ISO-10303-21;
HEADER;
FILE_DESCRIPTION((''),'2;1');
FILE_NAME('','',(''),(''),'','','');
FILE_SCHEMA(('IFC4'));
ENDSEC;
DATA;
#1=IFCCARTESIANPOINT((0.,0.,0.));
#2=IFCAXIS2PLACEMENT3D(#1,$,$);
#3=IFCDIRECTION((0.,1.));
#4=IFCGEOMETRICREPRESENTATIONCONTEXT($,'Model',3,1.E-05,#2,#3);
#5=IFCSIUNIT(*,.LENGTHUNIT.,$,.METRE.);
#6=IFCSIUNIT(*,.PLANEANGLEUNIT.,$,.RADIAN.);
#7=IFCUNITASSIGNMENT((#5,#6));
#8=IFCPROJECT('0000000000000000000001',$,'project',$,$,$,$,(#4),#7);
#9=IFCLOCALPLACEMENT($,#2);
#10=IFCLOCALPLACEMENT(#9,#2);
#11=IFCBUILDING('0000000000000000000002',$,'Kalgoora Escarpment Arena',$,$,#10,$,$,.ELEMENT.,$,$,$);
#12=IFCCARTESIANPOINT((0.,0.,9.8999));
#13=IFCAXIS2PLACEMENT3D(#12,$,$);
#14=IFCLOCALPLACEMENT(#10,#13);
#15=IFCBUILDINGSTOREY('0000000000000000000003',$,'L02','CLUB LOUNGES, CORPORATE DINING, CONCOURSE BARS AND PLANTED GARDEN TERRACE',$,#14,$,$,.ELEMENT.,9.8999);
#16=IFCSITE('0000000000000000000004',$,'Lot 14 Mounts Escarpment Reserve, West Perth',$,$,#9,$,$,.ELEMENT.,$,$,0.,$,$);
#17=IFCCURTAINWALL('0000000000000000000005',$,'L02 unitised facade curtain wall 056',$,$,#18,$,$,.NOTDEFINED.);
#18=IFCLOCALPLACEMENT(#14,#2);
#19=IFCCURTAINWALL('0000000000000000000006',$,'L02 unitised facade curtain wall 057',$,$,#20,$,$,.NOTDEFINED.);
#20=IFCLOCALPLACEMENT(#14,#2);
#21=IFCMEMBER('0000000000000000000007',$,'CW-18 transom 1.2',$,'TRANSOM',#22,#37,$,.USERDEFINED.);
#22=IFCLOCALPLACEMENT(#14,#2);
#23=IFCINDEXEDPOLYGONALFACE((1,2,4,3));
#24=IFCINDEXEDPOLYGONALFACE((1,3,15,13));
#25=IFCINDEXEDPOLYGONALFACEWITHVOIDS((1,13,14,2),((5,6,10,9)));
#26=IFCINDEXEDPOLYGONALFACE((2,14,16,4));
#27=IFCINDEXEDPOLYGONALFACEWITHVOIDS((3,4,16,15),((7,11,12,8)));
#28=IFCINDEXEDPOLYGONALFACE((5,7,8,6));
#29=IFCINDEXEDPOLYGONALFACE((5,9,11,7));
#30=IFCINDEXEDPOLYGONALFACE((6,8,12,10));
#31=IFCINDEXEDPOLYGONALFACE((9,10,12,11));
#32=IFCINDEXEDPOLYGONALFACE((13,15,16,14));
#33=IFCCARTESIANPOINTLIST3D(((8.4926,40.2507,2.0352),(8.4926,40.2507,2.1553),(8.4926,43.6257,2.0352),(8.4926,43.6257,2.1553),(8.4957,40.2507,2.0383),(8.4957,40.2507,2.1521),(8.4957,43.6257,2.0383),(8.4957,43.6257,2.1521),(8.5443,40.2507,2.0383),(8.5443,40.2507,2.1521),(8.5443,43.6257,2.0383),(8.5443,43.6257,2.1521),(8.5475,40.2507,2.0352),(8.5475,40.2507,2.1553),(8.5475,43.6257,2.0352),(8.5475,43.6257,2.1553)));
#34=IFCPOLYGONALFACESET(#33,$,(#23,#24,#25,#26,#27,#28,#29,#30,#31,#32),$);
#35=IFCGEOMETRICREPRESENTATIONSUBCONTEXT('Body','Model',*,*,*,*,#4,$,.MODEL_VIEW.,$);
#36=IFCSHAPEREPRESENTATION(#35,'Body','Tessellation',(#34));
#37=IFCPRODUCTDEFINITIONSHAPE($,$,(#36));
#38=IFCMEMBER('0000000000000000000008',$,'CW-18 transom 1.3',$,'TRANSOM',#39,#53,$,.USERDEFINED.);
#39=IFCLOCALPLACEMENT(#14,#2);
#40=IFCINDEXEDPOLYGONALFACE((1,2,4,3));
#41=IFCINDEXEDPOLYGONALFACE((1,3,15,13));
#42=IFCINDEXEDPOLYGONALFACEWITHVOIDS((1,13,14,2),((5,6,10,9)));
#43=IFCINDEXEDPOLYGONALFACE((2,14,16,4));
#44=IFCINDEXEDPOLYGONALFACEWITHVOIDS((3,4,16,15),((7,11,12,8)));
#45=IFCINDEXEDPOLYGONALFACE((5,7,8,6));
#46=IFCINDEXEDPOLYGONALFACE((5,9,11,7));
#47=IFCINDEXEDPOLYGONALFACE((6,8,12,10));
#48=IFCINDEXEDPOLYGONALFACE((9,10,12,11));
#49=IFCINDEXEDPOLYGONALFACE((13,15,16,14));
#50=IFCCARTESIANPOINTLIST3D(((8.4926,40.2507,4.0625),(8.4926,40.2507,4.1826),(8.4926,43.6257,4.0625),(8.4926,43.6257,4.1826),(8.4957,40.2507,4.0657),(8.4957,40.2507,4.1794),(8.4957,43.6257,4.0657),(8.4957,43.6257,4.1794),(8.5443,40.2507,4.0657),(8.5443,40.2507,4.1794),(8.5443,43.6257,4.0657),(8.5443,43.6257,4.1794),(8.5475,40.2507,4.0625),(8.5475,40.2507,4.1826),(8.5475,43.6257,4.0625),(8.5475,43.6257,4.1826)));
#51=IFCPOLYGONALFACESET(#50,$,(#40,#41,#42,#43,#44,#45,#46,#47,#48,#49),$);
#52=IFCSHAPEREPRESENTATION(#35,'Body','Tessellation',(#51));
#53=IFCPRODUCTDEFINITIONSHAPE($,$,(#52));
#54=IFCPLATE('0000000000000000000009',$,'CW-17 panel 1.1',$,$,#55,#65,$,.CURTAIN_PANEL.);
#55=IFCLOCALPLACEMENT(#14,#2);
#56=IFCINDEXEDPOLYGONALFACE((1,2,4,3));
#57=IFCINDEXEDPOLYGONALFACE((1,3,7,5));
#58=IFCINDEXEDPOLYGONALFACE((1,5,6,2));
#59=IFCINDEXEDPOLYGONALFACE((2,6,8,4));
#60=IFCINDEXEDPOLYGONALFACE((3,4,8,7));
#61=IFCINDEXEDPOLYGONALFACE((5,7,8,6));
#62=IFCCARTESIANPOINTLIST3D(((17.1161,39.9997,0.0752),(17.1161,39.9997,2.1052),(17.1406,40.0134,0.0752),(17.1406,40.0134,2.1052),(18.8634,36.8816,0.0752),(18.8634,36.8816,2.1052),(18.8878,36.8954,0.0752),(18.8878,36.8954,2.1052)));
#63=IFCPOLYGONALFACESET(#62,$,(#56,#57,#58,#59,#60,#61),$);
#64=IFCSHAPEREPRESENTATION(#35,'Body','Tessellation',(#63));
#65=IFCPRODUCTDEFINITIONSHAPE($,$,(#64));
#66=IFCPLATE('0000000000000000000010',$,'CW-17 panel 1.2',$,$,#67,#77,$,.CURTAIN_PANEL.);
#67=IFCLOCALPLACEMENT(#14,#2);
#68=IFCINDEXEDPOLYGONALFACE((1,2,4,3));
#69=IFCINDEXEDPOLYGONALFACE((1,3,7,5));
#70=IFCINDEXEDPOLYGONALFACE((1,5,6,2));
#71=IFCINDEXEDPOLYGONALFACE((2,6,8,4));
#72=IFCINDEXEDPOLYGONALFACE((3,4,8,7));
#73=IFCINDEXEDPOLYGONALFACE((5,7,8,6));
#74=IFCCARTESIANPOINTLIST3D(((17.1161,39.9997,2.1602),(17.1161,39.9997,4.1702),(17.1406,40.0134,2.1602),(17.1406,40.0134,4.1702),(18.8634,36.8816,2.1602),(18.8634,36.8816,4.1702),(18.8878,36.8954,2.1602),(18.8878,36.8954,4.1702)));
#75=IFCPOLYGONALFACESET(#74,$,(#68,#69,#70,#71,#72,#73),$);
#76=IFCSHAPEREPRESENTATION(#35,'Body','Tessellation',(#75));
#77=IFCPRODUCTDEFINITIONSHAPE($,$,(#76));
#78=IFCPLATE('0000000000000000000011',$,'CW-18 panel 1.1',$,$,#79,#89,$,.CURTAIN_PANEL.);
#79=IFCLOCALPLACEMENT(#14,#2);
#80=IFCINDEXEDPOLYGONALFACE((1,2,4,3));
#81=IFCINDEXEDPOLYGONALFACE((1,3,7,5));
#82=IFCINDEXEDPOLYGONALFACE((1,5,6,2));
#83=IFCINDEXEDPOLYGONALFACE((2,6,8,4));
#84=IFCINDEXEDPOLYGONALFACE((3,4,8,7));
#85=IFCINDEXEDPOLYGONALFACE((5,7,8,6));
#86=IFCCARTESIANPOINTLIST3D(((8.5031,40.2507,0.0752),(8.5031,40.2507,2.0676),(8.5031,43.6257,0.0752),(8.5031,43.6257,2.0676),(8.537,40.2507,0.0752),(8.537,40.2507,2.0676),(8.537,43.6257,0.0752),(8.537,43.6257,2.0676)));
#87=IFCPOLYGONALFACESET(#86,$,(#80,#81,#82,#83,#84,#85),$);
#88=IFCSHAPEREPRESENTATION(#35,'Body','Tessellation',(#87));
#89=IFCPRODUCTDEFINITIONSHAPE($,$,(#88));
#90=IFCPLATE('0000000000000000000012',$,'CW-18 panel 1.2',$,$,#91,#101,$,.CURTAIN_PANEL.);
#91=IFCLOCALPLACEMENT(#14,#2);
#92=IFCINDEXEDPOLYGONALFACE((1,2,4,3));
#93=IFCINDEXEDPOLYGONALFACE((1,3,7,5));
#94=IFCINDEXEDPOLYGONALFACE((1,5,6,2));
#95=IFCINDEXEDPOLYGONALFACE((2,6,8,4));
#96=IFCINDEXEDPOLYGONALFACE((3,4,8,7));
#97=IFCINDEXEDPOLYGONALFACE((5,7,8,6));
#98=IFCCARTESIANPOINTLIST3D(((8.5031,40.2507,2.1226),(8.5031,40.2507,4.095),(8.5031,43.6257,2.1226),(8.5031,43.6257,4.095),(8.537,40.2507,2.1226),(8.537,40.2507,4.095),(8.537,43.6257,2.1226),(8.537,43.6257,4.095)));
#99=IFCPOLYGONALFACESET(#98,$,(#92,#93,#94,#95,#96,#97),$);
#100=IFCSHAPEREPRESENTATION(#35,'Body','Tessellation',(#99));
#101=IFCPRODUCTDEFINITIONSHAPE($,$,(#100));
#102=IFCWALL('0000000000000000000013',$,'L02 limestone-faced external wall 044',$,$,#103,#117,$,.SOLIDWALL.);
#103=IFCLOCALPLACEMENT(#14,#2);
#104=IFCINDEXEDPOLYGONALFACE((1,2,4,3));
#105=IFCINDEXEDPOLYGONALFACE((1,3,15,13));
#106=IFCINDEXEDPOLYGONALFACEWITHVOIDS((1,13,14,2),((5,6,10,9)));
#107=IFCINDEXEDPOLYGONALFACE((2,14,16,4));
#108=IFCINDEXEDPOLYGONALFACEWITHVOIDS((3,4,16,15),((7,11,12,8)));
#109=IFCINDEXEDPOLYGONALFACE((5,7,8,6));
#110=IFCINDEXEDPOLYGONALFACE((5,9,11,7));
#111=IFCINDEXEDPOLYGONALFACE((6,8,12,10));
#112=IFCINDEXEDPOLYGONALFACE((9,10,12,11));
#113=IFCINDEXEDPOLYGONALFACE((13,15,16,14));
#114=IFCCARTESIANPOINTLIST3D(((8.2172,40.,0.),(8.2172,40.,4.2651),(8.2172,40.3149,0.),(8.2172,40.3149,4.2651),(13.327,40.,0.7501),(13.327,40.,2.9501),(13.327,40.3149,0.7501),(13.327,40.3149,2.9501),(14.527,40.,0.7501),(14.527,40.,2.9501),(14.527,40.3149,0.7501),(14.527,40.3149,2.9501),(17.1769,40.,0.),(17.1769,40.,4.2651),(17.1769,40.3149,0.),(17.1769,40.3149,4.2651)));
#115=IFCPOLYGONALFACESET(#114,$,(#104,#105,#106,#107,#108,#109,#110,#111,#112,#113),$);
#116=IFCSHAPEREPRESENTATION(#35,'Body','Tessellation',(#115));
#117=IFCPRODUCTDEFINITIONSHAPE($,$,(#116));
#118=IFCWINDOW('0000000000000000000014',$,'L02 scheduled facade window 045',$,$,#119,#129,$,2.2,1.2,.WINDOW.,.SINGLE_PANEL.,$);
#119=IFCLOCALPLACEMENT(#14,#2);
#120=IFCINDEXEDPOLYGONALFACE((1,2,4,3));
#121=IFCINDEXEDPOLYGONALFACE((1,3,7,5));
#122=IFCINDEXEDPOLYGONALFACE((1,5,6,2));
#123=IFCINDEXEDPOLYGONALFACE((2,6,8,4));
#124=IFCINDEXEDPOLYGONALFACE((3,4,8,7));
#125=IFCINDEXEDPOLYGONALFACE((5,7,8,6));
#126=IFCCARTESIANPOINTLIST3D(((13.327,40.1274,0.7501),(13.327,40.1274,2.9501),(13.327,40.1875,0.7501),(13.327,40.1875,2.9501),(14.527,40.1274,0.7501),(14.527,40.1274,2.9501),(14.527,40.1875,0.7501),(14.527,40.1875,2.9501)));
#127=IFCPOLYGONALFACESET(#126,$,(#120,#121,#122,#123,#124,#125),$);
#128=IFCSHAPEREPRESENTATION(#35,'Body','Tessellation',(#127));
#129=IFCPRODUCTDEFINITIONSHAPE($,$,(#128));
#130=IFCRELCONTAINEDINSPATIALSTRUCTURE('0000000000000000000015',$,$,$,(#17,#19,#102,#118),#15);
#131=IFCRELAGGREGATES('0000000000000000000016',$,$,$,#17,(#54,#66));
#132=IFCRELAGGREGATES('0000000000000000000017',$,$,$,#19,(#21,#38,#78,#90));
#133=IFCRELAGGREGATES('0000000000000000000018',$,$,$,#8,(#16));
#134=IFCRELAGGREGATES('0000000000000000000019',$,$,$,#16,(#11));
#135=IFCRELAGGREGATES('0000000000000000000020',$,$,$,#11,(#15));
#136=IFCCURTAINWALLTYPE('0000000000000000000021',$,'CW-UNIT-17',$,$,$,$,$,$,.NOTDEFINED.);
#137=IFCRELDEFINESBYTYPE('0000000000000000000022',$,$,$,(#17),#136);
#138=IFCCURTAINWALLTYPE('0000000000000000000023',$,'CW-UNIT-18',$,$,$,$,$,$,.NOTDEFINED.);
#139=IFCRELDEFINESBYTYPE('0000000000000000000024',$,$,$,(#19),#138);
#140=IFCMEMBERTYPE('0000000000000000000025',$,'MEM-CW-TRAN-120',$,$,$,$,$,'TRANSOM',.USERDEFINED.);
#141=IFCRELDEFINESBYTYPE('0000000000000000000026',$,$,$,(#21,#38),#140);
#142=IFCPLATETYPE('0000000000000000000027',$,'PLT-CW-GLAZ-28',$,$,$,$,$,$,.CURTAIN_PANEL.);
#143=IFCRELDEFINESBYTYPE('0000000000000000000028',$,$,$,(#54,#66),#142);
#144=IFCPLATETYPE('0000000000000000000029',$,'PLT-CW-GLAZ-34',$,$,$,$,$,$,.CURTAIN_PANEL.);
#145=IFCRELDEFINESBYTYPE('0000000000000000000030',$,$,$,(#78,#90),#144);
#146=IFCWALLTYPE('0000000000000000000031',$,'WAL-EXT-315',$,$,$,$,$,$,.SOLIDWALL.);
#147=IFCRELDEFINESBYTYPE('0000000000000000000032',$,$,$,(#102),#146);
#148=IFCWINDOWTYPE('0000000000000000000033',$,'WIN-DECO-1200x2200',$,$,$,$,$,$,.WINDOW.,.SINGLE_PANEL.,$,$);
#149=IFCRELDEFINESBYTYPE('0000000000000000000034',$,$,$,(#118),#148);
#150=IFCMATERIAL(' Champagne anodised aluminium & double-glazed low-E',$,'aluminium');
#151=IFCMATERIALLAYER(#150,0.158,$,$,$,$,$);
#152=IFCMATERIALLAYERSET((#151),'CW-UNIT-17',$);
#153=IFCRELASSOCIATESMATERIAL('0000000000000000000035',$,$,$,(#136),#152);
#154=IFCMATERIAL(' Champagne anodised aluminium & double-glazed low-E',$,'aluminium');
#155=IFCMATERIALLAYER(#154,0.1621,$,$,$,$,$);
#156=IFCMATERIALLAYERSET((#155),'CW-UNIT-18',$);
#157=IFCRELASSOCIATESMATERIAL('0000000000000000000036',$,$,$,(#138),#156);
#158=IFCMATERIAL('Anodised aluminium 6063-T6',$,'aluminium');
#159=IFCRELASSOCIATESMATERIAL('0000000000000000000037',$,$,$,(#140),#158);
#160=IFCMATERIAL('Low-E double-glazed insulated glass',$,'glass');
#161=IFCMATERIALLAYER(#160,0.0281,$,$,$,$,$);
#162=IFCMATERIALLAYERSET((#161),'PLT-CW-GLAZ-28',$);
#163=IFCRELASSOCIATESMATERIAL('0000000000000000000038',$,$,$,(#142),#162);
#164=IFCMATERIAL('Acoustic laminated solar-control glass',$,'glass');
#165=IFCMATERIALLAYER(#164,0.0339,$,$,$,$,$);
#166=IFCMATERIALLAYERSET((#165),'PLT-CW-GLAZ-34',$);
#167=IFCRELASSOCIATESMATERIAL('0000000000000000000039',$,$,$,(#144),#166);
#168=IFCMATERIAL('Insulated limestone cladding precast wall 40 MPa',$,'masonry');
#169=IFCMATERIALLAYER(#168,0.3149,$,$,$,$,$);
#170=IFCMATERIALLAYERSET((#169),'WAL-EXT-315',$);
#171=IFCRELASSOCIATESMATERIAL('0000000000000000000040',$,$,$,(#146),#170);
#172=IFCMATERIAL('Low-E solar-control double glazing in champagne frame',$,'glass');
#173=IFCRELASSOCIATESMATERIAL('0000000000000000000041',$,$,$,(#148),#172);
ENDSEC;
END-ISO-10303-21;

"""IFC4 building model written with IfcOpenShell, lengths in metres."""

from ifc_helpers import new_model, si_unit, direction, frame, frame_2d, origin, origin_2d, place, context, subcontext, project, spatial, rectangle, hollow_rectangle, extrude, material, layer, layer_set, material_profile, profile_set, type_object, element, fill, aggregate, save


model = new_model("IFC4")

# Units and contexts
model_context = context("Model", 3, precision=1e-05, world=origin(), true_north=direction((0.0, 1.0)))
body_context = subcontext(model_context, "Body", "Model", "MODEL_VIEW")
ifc_project = project(units=[si_unit("LENGTHUNIT", "METRE"), si_unit("PLANEANGLEUNIT", "RADIAN")], contexts=[model_context])

# Site, building, storey
site_placement = place(None, origin())
site = spatial("IfcSite", under=ifc_project, at=site_placement, Name="Lot 14 Mounts Escarpment Reserve, West Perth", CompositionType="ELEMENT", RefElevation=0.0)
building_placement = place(site_placement, origin())
building = spatial("IfcBuilding", under=site, at=building_placement, Name="Kalgoora Escarpment Arena", CompositionType="ELEMENT")
storey_placement = place(building_placement, frame((0.0, 0.0, 9.8999)))
storey = spatial("IfcBuildingStorey", under=building, at=storey_placement, Name="L02", Description="CLUB LOUNGES, CORPORATE DINING, CONCOURSE BARS AND PLANTED GARDEN TERRACE", CompositionType="ELEMENT", Elevation=9.8999)

# Curtain walls
ifc_material_1 = material(Name=" Champagne anodised aluminium & double-glazed low-E", Category="aluminium")
ifc_layer_1 = layer(ifc_material_1, 0.158)
ifc_layer_set_1 = layer_set([ifc_layer_1], Name="CW-UNIT-17")
curtain_wall_type_1 = type_object("IfcCurtainWallType", Name="CW-UNIT-17", PredefinedType="NOTDEFINED", material=ifc_layer_set_1)
curtain_wall_1_placement = place(storey_placement, origin())
curtain_wall_1 = element("IfcCurtainWall", 1, at=curtain_wall_1_placement, inside=storey, type_object=curtain_wall_type_1, Name="L02 unitised facade curtain wall 056", PredefinedType="NOTDEFINED")
ifc_material_2 = material(Name=" Champagne anodised aluminium & double-glazed low-E", Category="aluminium")
ifc_layer_2 = layer(ifc_material_2, 0.1621)
ifc_layer_set_2 = layer_set([ifc_layer_2], Name="CW-UNIT-18")
curtain_wall_type_2 = type_object("IfcCurtainWallType", Name="CW-UNIT-18", PredefinedType="NOTDEFINED", material=ifc_layer_set_2)
curtain_wall_2_placement = place(storey_placement, origin())
curtain_wall_2 = element("IfcCurtainWall", 2, at=curtain_wall_2_placement, inside=storey, type_object=curtain_wall_type_2, Name="L02 unitised facade curtain wall 057", PredefinedType="NOTDEFINED")

# Members
ifc_material_3 = material(Name="Anodised aluminium 6063-T6", Category="aluminium")
ifc_material_profile_1 = material_profile(ifc_material_3, hollow_rectangle(XDim=0.0549, YDim=0.1201, WallThickness=0.0032, at=origin_2d()))
ifc_profile_set_1 = profile_set([ifc_material_profile_1], Name="Anodised aluminium 6063-T6")
member_type_1 = type_object("IfcMemberType", Name="MEM-CW-TRAN-120", ElementType="TRANSOM", PredefinedType="USERDEFINED", material=ifc_profile_set_1)
member_1_placement = place(storey_placement, frame((8.52, 40.2507, 2.0952), z_axis=(0.0, 1.0, 0.0), x_axis=(-1.0, 0.0, 0.0)))
member_1 = element("IfcMember", 3, at=member_1_placement, type_object=member_type_1, Name="CW-18 transom 1.2", ObjectType="TRANSOM", PredefinedType="USERDEFINED", context=body_context, shape_type="SweptSolid", body=[
    extrude(hollow_rectangle(XDim=0.0549, YDim=0.1201, WallThickness=0.0032, at=origin_2d()), origin(), (0.0, 0.0, 1.0), 3.375),
])
member_2_placement = place(storey_placement, frame((8.52, 40.2507, 4.1226), z_axis=(0.0, 1.0, 0.0), x_axis=(-1.0, 0.0, 0.0)))
member_2 = element("IfcMember", 4, at=member_2_placement, type_object=member_type_1, Name="CW-18 transom 1.3", ObjectType="TRANSOM", PredefinedType="USERDEFINED", context=body_context, shape_type="SweptSolid", body=[
    extrude(hollow_rectangle(XDim=0.0549, YDim=0.1201, WallThickness=0.0032, at=origin_2d()), origin(), (0.0, 0.0, 1.0), 3.375),
])

# Plates
ifc_material_4 = material(Name="Low-E double-glazed insulated glass", Category="glass")
ifc_layer_3 = layer(ifc_material_4, 0.0281)
ifc_layer_set_3 = layer_set([ifc_layer_3], Name="PLT-CW-GLAZ-28")
plate_type_1 = type_object("IfcPlateType", Name="PLT-CW-GLAZ-28", PredefinedType="CURTAIN_PANEL", material=ifc_layer_set_3)
plate_1_placement = place(storey_placement, frame((18.002, 38.4475, 0.0752), z_axis=(0.0, 0.0, 1.0), x_axis=(-0.48886, 0.872362, 0.0)))
plate_1 = element("IfcPlate", 5, at=plate_1_placement, type_object=plate_type_1, Name="CW-17 panel 1.1", PredefinedType="CURTAIN_PANEL", context=body_context, shape_type="SweptSolid", body=[
    extrude(rectangle(XDim=3.5742, YDim=0.0281, at=origin_2d()), origin(), (0.0, 0.0, 1.0), 2.03),
])
plate_2_placement = place(storey_placement, frame((18.002, 38.4475, 2.1602), z_axis=(0.0, 0.0, 1.0), x_axis=(-0.48886, 0.872362, 0.0)))
plate_2 = element("IfcPlate", 6, at=plate_2_placement, type_object=plate_type_1, Name="CW-17 panel 1.2", PredefinedType="CURTAIN_PANEL", context=body_context, shape_type="SweptSolid", body=[
    extrude(rectangle(XDim=3.5742, YDim=0.0281, at=origin_2d()), origin(), (0.0, 0.0, 1.0), 2.01),
])
aggregate(curtain_wall_1, [plate_1, plate_2])
ifc_material_5 = material(Name="Acoustic laminated solar-control glass", Category="glass")
ifc_layer_4 = layer(ifc_material_5, 0.0339)
ifc_layer_set_4 = layer_set([ifc_layer_4], Name="PLT-CW-GLAZ-34")
plate_type_2 = type_object("IfcPlateType", Name="PLT-CW-GLAZ-34", PredefinedType="CURTAIN_PANEL", material=ifc_layer_set_4)
plate_3_placement = place(storey_placement, frame((8.52, 41.9382, 0.0752), z_axis=(0.0, 0.0, 1.0), x_axis=(0.0, 1.0, 0.0)))
plate_3 = element("IfcPlate", 7, at=plate_3_placement, type_object=plate_type_2, Name="CW-18 panel 1.1", PredefinedType="CURTAIN_PANEL", context=body_context, shape_type="SweptSolid", body=[
    extrude(rectangle(XDim=3.375, YDim=0.0339, at=origin_2d()), origin(), (0.0, 0.0, 1.0), 1.9924),
])
plate_4_placement = place(storey_placement, frame((8.52, 41.9382, 2.1226), z_axis=(0.0, 0.0, 1.0), x_axis=(0.0, 1.0, 0.0)))
plate_4 = element("IfcPlate", 8, at=plate_4_placement, type_object=plate_type_2, Name="CW-18 panel 1.2", PredefinedType="CURTAIN_PANEL", context=body_context, shape_type="SweptSolid", body=[
    extrude(rectangle(XDim=3.375, YDim=0.0339, at=origin_2d()), origin(), (0.0, 0.0, 1.0), 1.9724),
])
aggregate(curtain_wall_2, [member_1, member_2, plate_3, plate_4])

# Wall, opening, window
ifc_material_6 = material(Name="Insulated limestone cladding precast wall 40 MPa", Category="masonry")
ifc_layer_5 = layer(ifc_material_6, 0.3149)
ifc_layer_set_5 = layer_set([ifc_layer_5], Name="WAL-EXT-315")
wall_type = type_object("IfcWallType", Name="WAL-EXT-315", PredefinedType="SOLIDWALL", material=ifc_layer_set_5)
wall_placement = place(storey_placement, frame((17.177, 40.1575, 0.0), z_axis=(0.0, 0.0, 1.0), x_axis=(-1.0, 0.0, 0.0)))
wall = element("IfcWall", 9, at=wall_placement, inside=storey, type_object=wall_type, Name="L02 limestone-faced external wall 044", PredefinedType="SOLIDWALL", context=body_context, shape_type="SweptSolid", body=[
    extrude(rectangle(XDim=8.9597, YDim=0.3149, at=frame_2d((4.48, 0.0))), origin(), (0.0, 0.0, 1.0), 4.2651),
])
opening_placement = place(wall_placement, frame((2.6499, 0.0, 0.75)))
opening = element("IfcOpeningElement", 10, at=opening_placement, cuts=wall, PredefinedType="OPENING", context=body_context, shape_type="SweptSolid", body=[
    extrude(rectangle(XDim=1.2, YDim=2.2, at=frame_2d((0.6001, 1.1001))), frame((0.0, 0.1675, 0.0), z_axis=(0.0, -1.0, 0.0), x_axis=(1.0, 0.0, 0.0)), (0.0, 0.0, 1.0), 0.335),
])
ifc_material_7 = material(Name="Low-E solar-control double glazing in champagne frame", Category="glass")
window_type = type_object("IfcWindowType", Name="WIN-DECO-1200x2200", PartitioningType="SINGLE_PANEL", PredefinedType="WINDOW", material=ifc_material_7)
window_placement = place(opening_placement, origin())
window = element("IfcWindow", 11, at=window_placement, inside=storey, type_object=window_type, Name="L02 scheduled facade window 045", OverallHeight=2.2, OverallWidth=1.2, PartitioningType="SINGLE_PANEL", PredefinedType="WINDOW", context=body_context, shape_type="SweptSolid", body=[
    extrude(rectangle(XDim=1.2, YDim=2.2, at=frame_2d((0.6001, 1.1001))), frame((0.0, 0.03, 0.0), z_axis=(0.0, -1.0, 0.0), x_axis=(1.0, 0.0, 0.0)), (0.0, 0.0, 1.0), 0.0601),
])
fill(opening, window)

save(model, "model.ifc")
